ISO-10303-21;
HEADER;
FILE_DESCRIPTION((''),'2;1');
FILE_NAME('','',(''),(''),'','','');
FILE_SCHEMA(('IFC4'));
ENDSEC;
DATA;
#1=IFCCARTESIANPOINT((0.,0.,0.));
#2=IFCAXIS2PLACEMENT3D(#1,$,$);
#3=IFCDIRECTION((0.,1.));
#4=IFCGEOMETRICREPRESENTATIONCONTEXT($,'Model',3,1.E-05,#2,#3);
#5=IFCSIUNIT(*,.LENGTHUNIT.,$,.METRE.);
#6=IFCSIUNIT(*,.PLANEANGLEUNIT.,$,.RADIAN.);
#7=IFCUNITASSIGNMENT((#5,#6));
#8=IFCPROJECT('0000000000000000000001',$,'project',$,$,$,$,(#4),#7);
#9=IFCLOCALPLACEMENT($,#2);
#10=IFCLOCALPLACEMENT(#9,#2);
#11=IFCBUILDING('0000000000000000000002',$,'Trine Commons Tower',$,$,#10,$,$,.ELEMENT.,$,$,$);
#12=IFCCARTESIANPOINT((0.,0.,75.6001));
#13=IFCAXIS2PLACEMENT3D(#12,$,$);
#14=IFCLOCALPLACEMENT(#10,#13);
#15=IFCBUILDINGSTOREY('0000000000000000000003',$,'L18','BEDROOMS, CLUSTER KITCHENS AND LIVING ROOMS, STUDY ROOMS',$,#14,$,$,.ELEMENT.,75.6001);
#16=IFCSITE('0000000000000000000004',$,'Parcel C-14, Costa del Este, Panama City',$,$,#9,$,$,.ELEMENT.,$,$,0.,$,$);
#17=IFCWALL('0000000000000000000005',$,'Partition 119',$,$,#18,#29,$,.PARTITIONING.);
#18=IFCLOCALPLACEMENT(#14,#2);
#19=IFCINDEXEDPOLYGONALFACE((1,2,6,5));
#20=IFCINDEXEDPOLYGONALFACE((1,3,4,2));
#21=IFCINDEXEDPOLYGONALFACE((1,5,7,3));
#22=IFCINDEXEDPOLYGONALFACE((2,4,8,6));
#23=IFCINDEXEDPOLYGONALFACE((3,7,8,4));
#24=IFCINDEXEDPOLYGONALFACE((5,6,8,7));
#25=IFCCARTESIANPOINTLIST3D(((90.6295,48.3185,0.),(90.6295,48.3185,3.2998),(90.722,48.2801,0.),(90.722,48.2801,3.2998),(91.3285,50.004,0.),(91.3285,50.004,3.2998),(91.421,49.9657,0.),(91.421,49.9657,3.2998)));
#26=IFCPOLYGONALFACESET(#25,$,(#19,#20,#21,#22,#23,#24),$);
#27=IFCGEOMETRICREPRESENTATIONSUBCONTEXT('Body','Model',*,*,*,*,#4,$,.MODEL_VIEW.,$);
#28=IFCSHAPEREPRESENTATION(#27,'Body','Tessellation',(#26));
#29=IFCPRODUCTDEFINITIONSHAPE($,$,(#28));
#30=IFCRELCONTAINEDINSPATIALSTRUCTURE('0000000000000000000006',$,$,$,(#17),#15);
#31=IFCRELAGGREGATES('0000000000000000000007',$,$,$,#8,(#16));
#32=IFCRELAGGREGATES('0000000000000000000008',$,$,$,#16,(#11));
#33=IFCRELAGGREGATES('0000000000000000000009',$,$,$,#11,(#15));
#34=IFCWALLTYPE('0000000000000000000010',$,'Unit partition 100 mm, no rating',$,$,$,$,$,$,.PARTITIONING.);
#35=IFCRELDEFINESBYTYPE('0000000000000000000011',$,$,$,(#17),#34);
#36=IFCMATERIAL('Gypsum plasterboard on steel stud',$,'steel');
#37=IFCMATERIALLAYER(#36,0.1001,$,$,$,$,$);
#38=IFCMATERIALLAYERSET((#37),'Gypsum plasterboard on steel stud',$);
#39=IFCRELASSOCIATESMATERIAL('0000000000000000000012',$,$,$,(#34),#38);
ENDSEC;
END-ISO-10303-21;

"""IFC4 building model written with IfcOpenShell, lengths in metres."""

from ifc_helpers import new_model, si_unit, direction, frame, frame_2d, origin, place, context, subcontext, project, spatial, rectangle, extrude, material, layer, layer_set, type_object, element, save


model = new_model("IFC4")

# Units and contexts
model_context = context("Model", 3, precision=1e-05, world=origin(), true_north=direction((0.0, 1.0)))
body_context = subcontext(model_context, "Body", "Model", "MODEL_VIEW")
ifc_project = project(units=[si_unit("LENGTHUNIT", "METRE"), si_unit("PLANEANGLEUNIT", "RADIAN")], contexts=[model_context])

# Site, building, storey
site_placement = place(None, origin())
site = spatial("IfcSite", under=ifc_project, at=site_placement, Name="Parcel C-14, Costa del Este, Panama City", CompositionType="ELEMENT", RefElevation=0.0)
building_placement = place(site_placement, origin())
building = spatial("IfcBuilding", under=site, at=building_placement, Name="Trine Commons Tower", CompositionType="ELEMENT")
storey_placement = place(building_placement, frame((0.0, 0.0, 75.6001)))
storey = spatial("IfcBuildingStorey", under=building, at=storey_placement, Name="L18", Description="BEDROOMS, CLUSTER KITCHENS AND LIVING ROOMS, STUDY ROOMS", CompositionType="ELEMENT", Elevation=75.6001)

# Shared definitions
ifc_material_1 = material(Name="Gypsum plasterboard on steel stud", Category="steel")

# Shared definitions
ifc_layer_1 = layer(ifc_material_1, 0.1001)
ifc_layer_set_1 = layer_set([ifc_layer_1], Name="Gypsum plasterboard on steel stud")
wall_type_1 = type_object("IfcWallType", Name="Unit partition 100 mm, no rating", PredefinedType="PARTITIONING", material=ifc_layer_set_1)

# Wall
wall_1_placement = place(storey_placement, frame((90.6758, 48.2993, 0.0), z_axis=(0.0, 0.0, 1.0), x_axis=(0.383057, 0.923725, 0.0)))
element("IfcWall", 1, at=wall_1_placement, inside=storey, type_object=wall_type_1, Name="Partition 119", PredefinedType="PARTITIONING", context=body_context, shape_type="SweptSolid", body=[
    extrude(rectangle(XDim=1.8247, YDim=0.1001, at=frame_2d((0.9124, 0.0))), origin(), (0.0, 0.0, 1.0), 3.2998),
])

save(model, "model.ifc")
